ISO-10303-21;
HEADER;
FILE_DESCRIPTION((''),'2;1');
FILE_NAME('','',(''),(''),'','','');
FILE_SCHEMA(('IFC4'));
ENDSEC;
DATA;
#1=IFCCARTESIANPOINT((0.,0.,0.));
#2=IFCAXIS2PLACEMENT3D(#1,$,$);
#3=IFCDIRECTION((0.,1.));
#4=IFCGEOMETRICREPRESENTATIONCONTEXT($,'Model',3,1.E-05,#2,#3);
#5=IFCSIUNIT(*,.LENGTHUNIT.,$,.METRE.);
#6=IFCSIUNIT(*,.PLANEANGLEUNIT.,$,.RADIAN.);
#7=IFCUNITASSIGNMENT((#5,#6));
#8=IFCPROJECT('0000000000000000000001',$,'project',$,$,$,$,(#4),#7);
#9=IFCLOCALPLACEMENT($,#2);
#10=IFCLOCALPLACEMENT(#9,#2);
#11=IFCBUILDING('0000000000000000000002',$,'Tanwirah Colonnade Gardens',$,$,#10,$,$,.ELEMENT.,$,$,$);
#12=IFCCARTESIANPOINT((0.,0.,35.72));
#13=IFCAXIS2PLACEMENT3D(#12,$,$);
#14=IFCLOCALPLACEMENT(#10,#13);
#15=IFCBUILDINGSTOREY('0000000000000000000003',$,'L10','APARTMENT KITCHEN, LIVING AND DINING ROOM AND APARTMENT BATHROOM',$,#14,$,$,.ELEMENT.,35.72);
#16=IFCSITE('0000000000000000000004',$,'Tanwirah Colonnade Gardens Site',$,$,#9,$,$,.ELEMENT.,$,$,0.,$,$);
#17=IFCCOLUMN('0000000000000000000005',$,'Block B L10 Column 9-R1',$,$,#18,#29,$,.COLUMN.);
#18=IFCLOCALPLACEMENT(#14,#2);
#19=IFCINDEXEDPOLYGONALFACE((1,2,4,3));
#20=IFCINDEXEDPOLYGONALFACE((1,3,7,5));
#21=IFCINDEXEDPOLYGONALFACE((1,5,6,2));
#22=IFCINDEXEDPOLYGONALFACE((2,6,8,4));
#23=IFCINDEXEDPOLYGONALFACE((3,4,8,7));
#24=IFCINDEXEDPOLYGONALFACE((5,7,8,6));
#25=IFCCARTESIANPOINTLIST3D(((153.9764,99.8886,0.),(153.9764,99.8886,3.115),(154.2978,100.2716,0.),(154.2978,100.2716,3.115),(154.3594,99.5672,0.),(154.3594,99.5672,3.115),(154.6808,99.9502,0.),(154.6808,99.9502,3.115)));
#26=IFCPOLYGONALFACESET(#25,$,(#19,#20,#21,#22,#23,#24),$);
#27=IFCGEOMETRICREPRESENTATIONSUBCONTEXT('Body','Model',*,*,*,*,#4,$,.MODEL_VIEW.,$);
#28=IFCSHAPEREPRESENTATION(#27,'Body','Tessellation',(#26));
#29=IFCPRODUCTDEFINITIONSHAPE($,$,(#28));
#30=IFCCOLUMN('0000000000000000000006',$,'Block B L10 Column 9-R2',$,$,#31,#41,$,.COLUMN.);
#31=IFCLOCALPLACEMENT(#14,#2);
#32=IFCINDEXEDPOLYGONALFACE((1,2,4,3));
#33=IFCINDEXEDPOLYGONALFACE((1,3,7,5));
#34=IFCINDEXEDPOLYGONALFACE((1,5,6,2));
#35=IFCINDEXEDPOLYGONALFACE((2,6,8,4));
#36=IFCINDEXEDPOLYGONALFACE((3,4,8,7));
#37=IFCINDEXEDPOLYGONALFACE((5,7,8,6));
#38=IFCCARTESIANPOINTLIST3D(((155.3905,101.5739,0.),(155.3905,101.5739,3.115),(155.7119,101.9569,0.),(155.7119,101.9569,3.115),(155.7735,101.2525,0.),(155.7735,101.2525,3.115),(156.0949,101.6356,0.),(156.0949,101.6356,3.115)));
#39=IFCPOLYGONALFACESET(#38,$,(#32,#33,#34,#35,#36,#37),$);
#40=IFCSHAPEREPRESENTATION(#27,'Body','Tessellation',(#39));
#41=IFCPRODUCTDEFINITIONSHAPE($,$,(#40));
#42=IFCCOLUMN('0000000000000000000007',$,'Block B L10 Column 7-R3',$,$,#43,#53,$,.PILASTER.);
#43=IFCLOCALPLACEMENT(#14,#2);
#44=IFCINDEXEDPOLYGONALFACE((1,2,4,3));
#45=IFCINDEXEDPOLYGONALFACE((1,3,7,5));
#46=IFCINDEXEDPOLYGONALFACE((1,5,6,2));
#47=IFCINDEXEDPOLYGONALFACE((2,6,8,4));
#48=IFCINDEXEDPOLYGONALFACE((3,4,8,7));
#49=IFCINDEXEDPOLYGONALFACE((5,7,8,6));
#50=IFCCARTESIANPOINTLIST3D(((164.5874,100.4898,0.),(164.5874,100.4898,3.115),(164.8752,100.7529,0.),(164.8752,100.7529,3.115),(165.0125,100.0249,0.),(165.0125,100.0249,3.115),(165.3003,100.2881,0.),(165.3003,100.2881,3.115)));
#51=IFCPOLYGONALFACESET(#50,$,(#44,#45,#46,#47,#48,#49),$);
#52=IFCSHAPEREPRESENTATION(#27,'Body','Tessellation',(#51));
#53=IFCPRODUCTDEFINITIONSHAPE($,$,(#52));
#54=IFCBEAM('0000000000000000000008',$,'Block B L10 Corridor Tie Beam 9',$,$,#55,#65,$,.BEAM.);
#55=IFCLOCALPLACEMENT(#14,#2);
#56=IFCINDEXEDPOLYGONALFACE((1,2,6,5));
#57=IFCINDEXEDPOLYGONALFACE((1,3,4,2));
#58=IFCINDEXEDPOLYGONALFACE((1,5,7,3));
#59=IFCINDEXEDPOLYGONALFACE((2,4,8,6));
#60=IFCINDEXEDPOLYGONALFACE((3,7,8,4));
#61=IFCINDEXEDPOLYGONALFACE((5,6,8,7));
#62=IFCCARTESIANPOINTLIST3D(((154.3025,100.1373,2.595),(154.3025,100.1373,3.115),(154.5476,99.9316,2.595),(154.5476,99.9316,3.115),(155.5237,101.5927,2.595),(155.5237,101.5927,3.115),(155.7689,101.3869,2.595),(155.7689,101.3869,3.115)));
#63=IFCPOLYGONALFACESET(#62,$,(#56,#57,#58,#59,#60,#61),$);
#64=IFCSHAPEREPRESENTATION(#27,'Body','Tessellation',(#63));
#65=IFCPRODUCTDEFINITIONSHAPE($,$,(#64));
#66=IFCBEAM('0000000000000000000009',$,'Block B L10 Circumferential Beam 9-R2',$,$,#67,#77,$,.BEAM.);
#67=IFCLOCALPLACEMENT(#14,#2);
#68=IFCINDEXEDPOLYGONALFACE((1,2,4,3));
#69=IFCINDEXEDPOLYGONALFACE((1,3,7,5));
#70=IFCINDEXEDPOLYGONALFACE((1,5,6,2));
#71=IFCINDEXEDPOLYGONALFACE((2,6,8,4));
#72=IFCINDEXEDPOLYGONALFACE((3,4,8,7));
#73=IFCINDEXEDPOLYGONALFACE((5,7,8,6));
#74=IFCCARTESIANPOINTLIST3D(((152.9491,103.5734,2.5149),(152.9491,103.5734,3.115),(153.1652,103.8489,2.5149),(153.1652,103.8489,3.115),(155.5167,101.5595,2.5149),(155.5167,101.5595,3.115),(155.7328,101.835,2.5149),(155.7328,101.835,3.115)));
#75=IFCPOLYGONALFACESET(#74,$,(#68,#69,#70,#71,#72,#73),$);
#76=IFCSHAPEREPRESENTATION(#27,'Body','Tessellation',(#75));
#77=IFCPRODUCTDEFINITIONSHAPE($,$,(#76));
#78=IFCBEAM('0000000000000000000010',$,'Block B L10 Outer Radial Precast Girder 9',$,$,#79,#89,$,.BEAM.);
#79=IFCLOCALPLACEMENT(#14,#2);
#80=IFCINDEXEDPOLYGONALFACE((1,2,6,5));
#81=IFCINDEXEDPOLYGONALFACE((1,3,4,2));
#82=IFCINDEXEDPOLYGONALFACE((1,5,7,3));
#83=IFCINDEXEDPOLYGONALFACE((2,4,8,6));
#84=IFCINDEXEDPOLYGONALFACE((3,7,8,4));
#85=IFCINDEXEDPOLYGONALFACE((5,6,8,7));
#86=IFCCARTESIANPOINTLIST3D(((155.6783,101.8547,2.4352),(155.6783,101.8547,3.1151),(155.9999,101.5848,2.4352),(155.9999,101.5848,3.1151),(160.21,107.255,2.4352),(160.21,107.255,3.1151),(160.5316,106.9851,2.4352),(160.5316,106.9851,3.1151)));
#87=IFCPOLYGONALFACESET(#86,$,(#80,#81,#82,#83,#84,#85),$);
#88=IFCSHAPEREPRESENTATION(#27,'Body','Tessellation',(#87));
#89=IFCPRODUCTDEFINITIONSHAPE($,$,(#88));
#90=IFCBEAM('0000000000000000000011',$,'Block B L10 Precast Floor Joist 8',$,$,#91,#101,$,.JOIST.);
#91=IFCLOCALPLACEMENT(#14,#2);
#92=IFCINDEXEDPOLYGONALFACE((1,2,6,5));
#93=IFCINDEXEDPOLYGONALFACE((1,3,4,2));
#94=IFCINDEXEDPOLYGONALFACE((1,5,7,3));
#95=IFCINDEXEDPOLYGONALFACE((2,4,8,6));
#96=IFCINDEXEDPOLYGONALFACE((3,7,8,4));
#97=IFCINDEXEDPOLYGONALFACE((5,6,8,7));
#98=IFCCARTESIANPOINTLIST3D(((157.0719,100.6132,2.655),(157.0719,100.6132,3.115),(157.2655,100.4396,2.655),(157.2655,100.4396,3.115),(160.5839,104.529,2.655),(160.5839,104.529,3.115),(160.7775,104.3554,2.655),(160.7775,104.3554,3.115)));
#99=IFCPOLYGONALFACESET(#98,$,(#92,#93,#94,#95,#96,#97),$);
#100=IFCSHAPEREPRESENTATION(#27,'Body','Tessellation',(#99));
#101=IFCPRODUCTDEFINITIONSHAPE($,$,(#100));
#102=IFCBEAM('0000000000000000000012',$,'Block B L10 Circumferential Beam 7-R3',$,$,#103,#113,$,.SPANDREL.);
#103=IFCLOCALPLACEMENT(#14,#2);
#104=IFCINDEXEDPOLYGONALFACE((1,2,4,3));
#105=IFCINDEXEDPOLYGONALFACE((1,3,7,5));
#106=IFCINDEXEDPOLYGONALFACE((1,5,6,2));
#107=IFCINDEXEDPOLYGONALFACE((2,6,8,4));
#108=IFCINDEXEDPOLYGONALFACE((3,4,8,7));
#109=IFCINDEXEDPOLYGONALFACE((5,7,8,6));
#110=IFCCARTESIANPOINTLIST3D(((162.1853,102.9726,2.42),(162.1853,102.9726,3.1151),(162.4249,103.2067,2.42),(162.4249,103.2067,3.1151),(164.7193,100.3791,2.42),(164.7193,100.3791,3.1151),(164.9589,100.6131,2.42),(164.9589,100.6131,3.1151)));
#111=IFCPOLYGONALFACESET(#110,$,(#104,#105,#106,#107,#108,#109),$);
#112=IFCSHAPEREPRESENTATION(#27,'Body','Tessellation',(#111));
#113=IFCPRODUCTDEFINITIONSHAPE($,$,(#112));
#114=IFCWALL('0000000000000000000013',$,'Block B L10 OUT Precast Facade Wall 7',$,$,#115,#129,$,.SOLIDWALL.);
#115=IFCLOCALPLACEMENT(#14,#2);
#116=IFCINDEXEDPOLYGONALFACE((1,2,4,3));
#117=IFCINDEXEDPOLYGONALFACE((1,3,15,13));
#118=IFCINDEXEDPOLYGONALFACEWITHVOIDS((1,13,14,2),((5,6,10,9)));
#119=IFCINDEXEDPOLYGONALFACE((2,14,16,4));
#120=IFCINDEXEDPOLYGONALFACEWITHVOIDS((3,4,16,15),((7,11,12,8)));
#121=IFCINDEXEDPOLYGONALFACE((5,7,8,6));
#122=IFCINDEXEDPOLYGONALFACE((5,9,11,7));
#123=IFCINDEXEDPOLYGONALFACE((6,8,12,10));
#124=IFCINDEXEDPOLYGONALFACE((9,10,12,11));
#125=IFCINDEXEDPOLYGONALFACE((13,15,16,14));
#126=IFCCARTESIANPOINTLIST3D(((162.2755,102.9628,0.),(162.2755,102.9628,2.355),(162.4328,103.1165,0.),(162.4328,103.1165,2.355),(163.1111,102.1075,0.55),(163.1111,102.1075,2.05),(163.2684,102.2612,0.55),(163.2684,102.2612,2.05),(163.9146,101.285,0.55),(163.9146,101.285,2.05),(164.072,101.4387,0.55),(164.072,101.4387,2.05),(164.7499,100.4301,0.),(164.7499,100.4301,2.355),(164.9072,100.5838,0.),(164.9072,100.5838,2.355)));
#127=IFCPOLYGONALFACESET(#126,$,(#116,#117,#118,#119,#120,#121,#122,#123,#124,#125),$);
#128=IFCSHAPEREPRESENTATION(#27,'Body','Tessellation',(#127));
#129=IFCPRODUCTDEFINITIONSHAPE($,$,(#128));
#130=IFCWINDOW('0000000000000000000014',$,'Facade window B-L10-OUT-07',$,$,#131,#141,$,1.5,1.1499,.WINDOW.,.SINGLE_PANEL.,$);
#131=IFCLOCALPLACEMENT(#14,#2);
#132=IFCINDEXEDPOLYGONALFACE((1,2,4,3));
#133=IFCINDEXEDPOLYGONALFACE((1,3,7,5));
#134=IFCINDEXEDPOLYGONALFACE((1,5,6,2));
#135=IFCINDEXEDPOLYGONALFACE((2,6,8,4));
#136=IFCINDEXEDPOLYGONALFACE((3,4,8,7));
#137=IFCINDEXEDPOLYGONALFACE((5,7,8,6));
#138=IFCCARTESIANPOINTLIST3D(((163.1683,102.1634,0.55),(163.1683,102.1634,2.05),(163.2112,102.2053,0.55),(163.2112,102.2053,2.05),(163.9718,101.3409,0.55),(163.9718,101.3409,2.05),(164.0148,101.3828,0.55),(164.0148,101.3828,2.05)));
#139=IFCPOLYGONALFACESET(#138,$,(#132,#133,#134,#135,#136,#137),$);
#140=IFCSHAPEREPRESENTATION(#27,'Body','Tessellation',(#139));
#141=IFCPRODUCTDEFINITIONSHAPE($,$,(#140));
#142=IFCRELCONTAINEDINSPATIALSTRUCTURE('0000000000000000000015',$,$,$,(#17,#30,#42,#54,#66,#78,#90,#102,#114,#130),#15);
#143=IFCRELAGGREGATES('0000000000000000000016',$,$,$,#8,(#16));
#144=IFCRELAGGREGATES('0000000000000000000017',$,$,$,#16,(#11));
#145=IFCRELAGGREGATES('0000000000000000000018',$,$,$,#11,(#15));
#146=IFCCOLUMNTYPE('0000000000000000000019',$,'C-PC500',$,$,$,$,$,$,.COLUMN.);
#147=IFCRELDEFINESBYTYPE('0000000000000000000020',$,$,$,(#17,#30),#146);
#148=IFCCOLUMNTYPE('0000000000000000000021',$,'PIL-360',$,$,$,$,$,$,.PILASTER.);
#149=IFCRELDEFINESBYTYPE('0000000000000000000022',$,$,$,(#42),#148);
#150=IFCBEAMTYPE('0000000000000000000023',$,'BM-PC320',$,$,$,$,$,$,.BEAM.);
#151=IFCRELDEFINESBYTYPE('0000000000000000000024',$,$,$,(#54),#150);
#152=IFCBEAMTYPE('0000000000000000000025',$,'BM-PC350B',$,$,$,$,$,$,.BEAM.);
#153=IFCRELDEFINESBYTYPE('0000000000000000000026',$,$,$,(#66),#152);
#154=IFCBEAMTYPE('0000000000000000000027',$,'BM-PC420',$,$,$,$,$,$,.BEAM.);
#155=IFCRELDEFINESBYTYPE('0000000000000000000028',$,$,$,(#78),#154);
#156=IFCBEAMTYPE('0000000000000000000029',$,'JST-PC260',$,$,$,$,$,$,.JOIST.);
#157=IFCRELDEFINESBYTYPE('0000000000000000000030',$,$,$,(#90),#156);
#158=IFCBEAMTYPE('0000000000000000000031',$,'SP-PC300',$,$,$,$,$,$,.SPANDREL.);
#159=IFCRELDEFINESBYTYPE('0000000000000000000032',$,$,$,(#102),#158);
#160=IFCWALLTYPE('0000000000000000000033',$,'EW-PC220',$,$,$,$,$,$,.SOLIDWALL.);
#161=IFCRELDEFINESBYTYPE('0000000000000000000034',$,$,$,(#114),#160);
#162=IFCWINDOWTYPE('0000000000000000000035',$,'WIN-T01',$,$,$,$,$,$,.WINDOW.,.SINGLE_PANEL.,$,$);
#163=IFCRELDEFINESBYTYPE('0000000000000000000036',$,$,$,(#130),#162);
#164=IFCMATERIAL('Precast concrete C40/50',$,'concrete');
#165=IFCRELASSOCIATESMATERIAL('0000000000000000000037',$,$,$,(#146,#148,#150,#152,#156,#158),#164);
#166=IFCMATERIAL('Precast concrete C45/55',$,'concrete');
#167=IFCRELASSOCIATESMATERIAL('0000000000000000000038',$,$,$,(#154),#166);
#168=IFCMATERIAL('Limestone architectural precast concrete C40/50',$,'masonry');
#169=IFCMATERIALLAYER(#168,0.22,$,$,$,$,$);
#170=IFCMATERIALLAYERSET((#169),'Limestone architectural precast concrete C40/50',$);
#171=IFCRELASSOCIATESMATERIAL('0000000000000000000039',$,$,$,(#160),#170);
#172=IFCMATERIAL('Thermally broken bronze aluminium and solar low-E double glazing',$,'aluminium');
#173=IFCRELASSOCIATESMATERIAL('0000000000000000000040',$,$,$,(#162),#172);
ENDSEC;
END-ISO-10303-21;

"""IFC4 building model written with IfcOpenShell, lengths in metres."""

from ifc_helpers import new_model, si_unit, direction, frame, frame_2d, origin, origin_2d, place, context, subcontext, project, spatial, rectangle, extrude, material, layer, layer_set, material_profile, profile_set, type_object, element, fill, save


model = new_model("IFC4")

# Units and contexts
model_context = context("Model", 3, precision=1e-05, world=origin(), true_north=direction((0.0, 1.0)))
body_context = subcontext(model_context, "Body", "Model", "MODEL_VIEW")
ifc_project = project(units=[si_unit("LENGTHUNIT", "METRE"), si_unit("PLANEANGLEUNIT", "RADIAN")], contexts=[model_context])

# Site, building, storey
site_placement = place(None, origin())
site = spatial("IfcSite", under=ifc_project, at=site_placement, Name="Tanwirah Colonnade Gardens Site", CompositionType="ELEMENT", RefElevation=0.0)
building_placement = place(site_placement, origin())
building = spatial("IfcBuilding", under=site, at=building_placement, Name="Tanwirah Colonnade Gardens", CompositionType="ELEMENT")
storey_placement = place(building_placement, frame((0.0, 0.0, 35.72)))
storey = spatial("IfcBuildingStorey", under=building, at=storey_placement, Name="L10", Description="APARTMENT KITCHEN, LIVING AND DINING ROOM AND APARTMENT BATHROOM", CompositionType="ELEMENT", Elevation=35.72)

# Columns
ifc_material_1 = material(Name="Precast concrete C40/50", Category="concrete")
ifc_material_profile_1 = material_profile(ifc_material_1, rectangle(XDim=0.5, YDim=0.5, at=origin_2d()), Name="PC-COL 500x500")
ifc_profile_set_1 = profile_set([ifc_material_profile_1], Name="Precast concrete C40/50")
column_type_1 = type_object("IfcColumnType", Name="C-PC500", PredefinedType="COLUMN", material=ifc_profile_set_1)
for number, where, z_axis, x_axis, name in (
    (1, (154.3286, 99.9194, 0.0), (0.0, 0.0, 1.0), (0.642788, 0.766044, 0.0), "Block B L10 Column 9-R1"),
    (2, (155.7427, 101.6047, 0.0), (0.0, 0.0, 1.0), (0.642788, 0.766044, 0.0), "Block B L10 Column 9-R2"),
):
    element("IfcColumn", number, at=place(storey_placement, frame(where, z_axis=z_axis, x_axis=x_axis)), inside=storey, type_object=column_type_1, Name=name, PredefinedType="COLUMN", context=body_context, shape_type="SweptSolid", body=[
        extrude(rectangle(XDim=0.5, YDim=0.5, at=origin_2d()), origin(), (0.0, 0.0, 1.0), 3.115),
    ])
ifc_material_profile_2 = material_profile(ifc_material_1, rectangle(XDim=0.3899, YDim=0.6299, at=origin_2d()), Name="PC-PIL 390x630")
ifc_profile_set_2 = profile_set([ifc_material_profile_2], Name="Precast concrete C40/50")
column_type_2 = type_object("IfcColumnType", Name="PIL-360", PredefinedType="PILASTER", material=ifc_profile_set_2)
column_placement = place(storey_placement, frame((164.9438, 100.3889, 0.0), z_axis=(0.0, 0.0, 1.0), x_axis=(0.737932, 0.674875, 0.0)))
element("IfcColumn", 3, at=column_placement, inside=storey, type_object=column_type_2, Name="Block B L10 Column 7-R3", PredefinedType="PILASTER", context=body_context, shape_type="SweptSolid", body=[
    extrude(rectangle(XDim=0.3899, YDim=0.6299, at=origin_2d()), origin(), (0.0, 0.0, 1.0), 3.115),
])

# Beams
ifc_material_profile_3 = material_profile(ifc_material_1, rectangle(XDim=0.3201, YDim=0.52, at=origin_2d()), Name="PC-BM 320x520")
ifc_profile_set_3 = profile_set([ifc_material_profile_3], Name="Precast concrete C40/50")
beam_type_1 = type_object("IfcBeamType", Name="BM-PC320", PredefinedType="BEAM", material=ifc_profile_set_3)
beam_1_placement = place(storey_placement, frame((154.425, 100.0344, 2.855), z_axis=(0.642797, 0.766036, 0.0), x_axis=(-0.766036, 0.642797, 0.0)))
element("IfcBeam", 4, at=beam_1_placement, inside=storey, type_object=beam_type_1, Name="Block B L10 Corridor Tie Beam 9", PredefinedType="BEAM", context=body_context, shape_type="SweptSolid", body=[
    extrude(rectangle(XDim=0.3201, YDim=0.52, at=origin_2d()), origin(), (0.0, 0.0, 1.0), 1.8999),
])
ifc_material_profile_4 = material_profile(ifc_material_1, rectangle(XDim=0.3501, YDim=0.6001, at=origin_2d()), Name="PC-BM 350x600")
ifc_profile_set_4 = profile_set([ifc_material_profile_4], Name="Precast concrete C40/50")
beam_type_2 = type_object("IfcBeamType", Name="BM-PC350B", PredefinedType="BEAM", material=ifc_profile_set_4)
beam_2_placement = place(storey_placement, frame((155.6248, 101.6973, 2.8149), z_axis=(-0.78684, 0.617157, 0.0), x_axis=(-0.617157, -0.78684, 0.0)))
element("IfcBeam", 5, at=beam_2_placement, inside=storey, type_object=beam_type_2, Name="Block B L10 Circumferential Beam 9-R2", PredefinedType="BEAM", context=body_context, shape_type="SweptSolid", body=[
    extrude(rectangle(XDim=0.3501, YDim=0.6001, at=origin_2d()), origin(), (0.0, 0.0, 1.0), 3.2632),
])
ifc_material_2 = material(Name="Precast concrete C45/55", Category="concrete")
ifc_material_profile_5 = material_profile(ifc_material_2, rectangle(XDim=0.4199, YDim=0.6799, at=origin_2d()), Name="PC-BM 420x680")
ifc_profile_set_5 = profile_set([ifc_material_profile_5], Name="Precast concrete C45/55")
beam_type_3 = type_object("IfcBeamType", Name="BM-PC420", PredefinedType="BEAM", material=ifc_profile_set_5)
beam_3_placement = place(storey_placement, frame((155.8391, 101.7197, 2.7751), z_axis=(0.64281, 0.766025, 0.0), x_axis=(-0.766025, 0.64281, 0.0)))
element("IfcBeam", 6, at=beam_3_placement, inside=storey, type_object=beam_type_3, Name="Block B L10 Outer Radial Precast Girder 9", PredefinedType="BEAM", context=body_context, shape_type="SweptSolid", body=[
    extrude(rectangle(XDim=0.4199, YDim=0.6799, at=origin_2d()), origin(), (0.0, 0.0, 1.0), 7.0498),
])
ifc_material_profile_6 = material_profile(ifc_material_1, rectangle(XDim=0.26, YDim=0.46, at=origin_2d()), Name="PC-JST 260x460")
ifc_profile_set_6 = profile_set([ifc_material_profile_6], Name="Precast concrete C40/50")
beam_type_4 = type_object("IfcBeamType", Name="JST-PC260", PredefinedType="JOIST", material=ifc_profile_set_6)
beam_4_placement = place(storey_placement, frame((157.1687, 100.5264, 2.885), z_axis=(0.667679, 0.744449, 0.0), x_axis=(-0.744449, 0.667679, 0.0)))
element("IfcBeam", 7, at=beam_4_placement, inside=storey, type_object=beam_type_4, Name="Block B L10 Precast Floor Joist 8", PredefinedType="JOIST", context=body_context, shape_type="SweptSolid", body=[
    extrude(rectangle(XDim=0.26, YDim=0.46, at=origin_2d()), origin(), (0.0, 0.0, 1.0), 5.26),
])
ifc_material_profile_7 = material_profile(ifc_material_1, rectangle(XDim=0.335, YDim=0.6951, at=origin_2d()), Name="PC-SP 335x695")
ifc_profile_set_7 = profile_set([ifc_material_profile_7], Name="Precast concrete C40/50")
beam_type_5 = type_object("IfcBeamType", Name="SP-PC300", PredefinedType="SPANDREL", material=ifc_profile_set_7)
beam_5_placement = place(storey_placement, frame((164.8391, 100.4961, 2.7676), z_axis=(-0.698844, 0.715274, 0.0), x_axis=(-0.715274, -0.698844, 0.0)))
element("IfcBeam", 8, at=beam_5_placement, inside=storey, type_object=beam_type_5, Name="Block B L10 Circumferential Beam 7-R3", PredefinedType="SPANDREL", context=body_context, shape_type="SweptSolid", body=[
    extrude(rectangle(XDim=0.335, YDim=0.6951, at=origin_2d()), origin(), (0.0, 0.0, 1.0), 3.626),
])

# Wall, opening, window
ifc_material_3 = material(Name="Limestone architectural precast concrete C40/50", Category="masonry")
ifc_layer_1 = layer(ifc_material_3, 0.22)
ifc_layer_set_1 = layer_set([ifc_layer_1], Name="Limestone architectural precast concrete C40/50")
wall_type_1 = type_object("IfcWallType", Name="EW-PC220", PredefinedType="SOLIDWALL", material=ifc_layer_set_1)
wall_1_placement = place(storey_placement, frame((164.8286, 100.5068, 0.0), z_axis=(0.0, 0.0, 1.0), x_axis=(-0.698819, 0.715298, 0.0)))
wall_1 = element("IfcWall", 9, at=wall_1_placement, inside=storey, type_object=wall_type_1, Name="Block B L10 OUT Precast Facade Wall 7", PredefinedType="SOLIDWALL", context=body_context, shape_type="SweptSolid", body=[
    extrude(rectangle(XDim=3.5408, YDim=0.22, at=frame_2d((1.7705, 0.0))), origin(), (0.0, 0.0, 1.0), 2.355),
])
opening_1_placement = place(wall_1_placement, frame((1.1953, 0.0, 0.55)))
opening_1 = element("IfcOpeningElement", 10, at=opening_1_placement, cuts=wall_1, PredefinedType="OPENING", context=body_context, shape_type="SweptSolid", body=[
    extrude(rectangle(XDim=1.1499, YDim=1.5, at=frame_2d((0.575, 0.75))), frame((0.0, 0.1199, 0.0), z_axis=(0.0, -1.0, 0.0), x_axis=(1.0, 0.0, 0.0)), (0.0, 0.0, 1.0), 0.24),
])
ifc_material_4 = material(Name="Thermally broken bronze aluminium and solar low-E double glazing", Category="aluminium")
window_type = type_object("IfcWindowType", Name="WIN-T01", PartitioningType="SINGLE_PANEL", PredefinedType="WINDOW", material=ifc_material_4)
window_placement = place(opening_1_placement, origin())
window = element("IfcWindow", 11, at=window_placement, inside=storey, type_object=window_type, Name="Facade window B-L10-OUT-07", OverallHeight=1.5, OverallWidth=1.1499, PartitioningType="SINGLE_PANEL", PredefinedType="WINDOW", context=body_context, shape_type="SweptSolid", body=[
    extrude(rectangle(XDim=1.1499, YDim=1.5, at=frame_2d((0.575, 0.75))), frame((0.0, 0.03, 0.0), z_axis=(0.0, -1.0, 0.0), x_axis=(1.0, 0.0, 0.0)), (0.0, 0.0, 1.0), 0.0601),
])
fill(opening_1, window)

save(model, "model.ifc")
